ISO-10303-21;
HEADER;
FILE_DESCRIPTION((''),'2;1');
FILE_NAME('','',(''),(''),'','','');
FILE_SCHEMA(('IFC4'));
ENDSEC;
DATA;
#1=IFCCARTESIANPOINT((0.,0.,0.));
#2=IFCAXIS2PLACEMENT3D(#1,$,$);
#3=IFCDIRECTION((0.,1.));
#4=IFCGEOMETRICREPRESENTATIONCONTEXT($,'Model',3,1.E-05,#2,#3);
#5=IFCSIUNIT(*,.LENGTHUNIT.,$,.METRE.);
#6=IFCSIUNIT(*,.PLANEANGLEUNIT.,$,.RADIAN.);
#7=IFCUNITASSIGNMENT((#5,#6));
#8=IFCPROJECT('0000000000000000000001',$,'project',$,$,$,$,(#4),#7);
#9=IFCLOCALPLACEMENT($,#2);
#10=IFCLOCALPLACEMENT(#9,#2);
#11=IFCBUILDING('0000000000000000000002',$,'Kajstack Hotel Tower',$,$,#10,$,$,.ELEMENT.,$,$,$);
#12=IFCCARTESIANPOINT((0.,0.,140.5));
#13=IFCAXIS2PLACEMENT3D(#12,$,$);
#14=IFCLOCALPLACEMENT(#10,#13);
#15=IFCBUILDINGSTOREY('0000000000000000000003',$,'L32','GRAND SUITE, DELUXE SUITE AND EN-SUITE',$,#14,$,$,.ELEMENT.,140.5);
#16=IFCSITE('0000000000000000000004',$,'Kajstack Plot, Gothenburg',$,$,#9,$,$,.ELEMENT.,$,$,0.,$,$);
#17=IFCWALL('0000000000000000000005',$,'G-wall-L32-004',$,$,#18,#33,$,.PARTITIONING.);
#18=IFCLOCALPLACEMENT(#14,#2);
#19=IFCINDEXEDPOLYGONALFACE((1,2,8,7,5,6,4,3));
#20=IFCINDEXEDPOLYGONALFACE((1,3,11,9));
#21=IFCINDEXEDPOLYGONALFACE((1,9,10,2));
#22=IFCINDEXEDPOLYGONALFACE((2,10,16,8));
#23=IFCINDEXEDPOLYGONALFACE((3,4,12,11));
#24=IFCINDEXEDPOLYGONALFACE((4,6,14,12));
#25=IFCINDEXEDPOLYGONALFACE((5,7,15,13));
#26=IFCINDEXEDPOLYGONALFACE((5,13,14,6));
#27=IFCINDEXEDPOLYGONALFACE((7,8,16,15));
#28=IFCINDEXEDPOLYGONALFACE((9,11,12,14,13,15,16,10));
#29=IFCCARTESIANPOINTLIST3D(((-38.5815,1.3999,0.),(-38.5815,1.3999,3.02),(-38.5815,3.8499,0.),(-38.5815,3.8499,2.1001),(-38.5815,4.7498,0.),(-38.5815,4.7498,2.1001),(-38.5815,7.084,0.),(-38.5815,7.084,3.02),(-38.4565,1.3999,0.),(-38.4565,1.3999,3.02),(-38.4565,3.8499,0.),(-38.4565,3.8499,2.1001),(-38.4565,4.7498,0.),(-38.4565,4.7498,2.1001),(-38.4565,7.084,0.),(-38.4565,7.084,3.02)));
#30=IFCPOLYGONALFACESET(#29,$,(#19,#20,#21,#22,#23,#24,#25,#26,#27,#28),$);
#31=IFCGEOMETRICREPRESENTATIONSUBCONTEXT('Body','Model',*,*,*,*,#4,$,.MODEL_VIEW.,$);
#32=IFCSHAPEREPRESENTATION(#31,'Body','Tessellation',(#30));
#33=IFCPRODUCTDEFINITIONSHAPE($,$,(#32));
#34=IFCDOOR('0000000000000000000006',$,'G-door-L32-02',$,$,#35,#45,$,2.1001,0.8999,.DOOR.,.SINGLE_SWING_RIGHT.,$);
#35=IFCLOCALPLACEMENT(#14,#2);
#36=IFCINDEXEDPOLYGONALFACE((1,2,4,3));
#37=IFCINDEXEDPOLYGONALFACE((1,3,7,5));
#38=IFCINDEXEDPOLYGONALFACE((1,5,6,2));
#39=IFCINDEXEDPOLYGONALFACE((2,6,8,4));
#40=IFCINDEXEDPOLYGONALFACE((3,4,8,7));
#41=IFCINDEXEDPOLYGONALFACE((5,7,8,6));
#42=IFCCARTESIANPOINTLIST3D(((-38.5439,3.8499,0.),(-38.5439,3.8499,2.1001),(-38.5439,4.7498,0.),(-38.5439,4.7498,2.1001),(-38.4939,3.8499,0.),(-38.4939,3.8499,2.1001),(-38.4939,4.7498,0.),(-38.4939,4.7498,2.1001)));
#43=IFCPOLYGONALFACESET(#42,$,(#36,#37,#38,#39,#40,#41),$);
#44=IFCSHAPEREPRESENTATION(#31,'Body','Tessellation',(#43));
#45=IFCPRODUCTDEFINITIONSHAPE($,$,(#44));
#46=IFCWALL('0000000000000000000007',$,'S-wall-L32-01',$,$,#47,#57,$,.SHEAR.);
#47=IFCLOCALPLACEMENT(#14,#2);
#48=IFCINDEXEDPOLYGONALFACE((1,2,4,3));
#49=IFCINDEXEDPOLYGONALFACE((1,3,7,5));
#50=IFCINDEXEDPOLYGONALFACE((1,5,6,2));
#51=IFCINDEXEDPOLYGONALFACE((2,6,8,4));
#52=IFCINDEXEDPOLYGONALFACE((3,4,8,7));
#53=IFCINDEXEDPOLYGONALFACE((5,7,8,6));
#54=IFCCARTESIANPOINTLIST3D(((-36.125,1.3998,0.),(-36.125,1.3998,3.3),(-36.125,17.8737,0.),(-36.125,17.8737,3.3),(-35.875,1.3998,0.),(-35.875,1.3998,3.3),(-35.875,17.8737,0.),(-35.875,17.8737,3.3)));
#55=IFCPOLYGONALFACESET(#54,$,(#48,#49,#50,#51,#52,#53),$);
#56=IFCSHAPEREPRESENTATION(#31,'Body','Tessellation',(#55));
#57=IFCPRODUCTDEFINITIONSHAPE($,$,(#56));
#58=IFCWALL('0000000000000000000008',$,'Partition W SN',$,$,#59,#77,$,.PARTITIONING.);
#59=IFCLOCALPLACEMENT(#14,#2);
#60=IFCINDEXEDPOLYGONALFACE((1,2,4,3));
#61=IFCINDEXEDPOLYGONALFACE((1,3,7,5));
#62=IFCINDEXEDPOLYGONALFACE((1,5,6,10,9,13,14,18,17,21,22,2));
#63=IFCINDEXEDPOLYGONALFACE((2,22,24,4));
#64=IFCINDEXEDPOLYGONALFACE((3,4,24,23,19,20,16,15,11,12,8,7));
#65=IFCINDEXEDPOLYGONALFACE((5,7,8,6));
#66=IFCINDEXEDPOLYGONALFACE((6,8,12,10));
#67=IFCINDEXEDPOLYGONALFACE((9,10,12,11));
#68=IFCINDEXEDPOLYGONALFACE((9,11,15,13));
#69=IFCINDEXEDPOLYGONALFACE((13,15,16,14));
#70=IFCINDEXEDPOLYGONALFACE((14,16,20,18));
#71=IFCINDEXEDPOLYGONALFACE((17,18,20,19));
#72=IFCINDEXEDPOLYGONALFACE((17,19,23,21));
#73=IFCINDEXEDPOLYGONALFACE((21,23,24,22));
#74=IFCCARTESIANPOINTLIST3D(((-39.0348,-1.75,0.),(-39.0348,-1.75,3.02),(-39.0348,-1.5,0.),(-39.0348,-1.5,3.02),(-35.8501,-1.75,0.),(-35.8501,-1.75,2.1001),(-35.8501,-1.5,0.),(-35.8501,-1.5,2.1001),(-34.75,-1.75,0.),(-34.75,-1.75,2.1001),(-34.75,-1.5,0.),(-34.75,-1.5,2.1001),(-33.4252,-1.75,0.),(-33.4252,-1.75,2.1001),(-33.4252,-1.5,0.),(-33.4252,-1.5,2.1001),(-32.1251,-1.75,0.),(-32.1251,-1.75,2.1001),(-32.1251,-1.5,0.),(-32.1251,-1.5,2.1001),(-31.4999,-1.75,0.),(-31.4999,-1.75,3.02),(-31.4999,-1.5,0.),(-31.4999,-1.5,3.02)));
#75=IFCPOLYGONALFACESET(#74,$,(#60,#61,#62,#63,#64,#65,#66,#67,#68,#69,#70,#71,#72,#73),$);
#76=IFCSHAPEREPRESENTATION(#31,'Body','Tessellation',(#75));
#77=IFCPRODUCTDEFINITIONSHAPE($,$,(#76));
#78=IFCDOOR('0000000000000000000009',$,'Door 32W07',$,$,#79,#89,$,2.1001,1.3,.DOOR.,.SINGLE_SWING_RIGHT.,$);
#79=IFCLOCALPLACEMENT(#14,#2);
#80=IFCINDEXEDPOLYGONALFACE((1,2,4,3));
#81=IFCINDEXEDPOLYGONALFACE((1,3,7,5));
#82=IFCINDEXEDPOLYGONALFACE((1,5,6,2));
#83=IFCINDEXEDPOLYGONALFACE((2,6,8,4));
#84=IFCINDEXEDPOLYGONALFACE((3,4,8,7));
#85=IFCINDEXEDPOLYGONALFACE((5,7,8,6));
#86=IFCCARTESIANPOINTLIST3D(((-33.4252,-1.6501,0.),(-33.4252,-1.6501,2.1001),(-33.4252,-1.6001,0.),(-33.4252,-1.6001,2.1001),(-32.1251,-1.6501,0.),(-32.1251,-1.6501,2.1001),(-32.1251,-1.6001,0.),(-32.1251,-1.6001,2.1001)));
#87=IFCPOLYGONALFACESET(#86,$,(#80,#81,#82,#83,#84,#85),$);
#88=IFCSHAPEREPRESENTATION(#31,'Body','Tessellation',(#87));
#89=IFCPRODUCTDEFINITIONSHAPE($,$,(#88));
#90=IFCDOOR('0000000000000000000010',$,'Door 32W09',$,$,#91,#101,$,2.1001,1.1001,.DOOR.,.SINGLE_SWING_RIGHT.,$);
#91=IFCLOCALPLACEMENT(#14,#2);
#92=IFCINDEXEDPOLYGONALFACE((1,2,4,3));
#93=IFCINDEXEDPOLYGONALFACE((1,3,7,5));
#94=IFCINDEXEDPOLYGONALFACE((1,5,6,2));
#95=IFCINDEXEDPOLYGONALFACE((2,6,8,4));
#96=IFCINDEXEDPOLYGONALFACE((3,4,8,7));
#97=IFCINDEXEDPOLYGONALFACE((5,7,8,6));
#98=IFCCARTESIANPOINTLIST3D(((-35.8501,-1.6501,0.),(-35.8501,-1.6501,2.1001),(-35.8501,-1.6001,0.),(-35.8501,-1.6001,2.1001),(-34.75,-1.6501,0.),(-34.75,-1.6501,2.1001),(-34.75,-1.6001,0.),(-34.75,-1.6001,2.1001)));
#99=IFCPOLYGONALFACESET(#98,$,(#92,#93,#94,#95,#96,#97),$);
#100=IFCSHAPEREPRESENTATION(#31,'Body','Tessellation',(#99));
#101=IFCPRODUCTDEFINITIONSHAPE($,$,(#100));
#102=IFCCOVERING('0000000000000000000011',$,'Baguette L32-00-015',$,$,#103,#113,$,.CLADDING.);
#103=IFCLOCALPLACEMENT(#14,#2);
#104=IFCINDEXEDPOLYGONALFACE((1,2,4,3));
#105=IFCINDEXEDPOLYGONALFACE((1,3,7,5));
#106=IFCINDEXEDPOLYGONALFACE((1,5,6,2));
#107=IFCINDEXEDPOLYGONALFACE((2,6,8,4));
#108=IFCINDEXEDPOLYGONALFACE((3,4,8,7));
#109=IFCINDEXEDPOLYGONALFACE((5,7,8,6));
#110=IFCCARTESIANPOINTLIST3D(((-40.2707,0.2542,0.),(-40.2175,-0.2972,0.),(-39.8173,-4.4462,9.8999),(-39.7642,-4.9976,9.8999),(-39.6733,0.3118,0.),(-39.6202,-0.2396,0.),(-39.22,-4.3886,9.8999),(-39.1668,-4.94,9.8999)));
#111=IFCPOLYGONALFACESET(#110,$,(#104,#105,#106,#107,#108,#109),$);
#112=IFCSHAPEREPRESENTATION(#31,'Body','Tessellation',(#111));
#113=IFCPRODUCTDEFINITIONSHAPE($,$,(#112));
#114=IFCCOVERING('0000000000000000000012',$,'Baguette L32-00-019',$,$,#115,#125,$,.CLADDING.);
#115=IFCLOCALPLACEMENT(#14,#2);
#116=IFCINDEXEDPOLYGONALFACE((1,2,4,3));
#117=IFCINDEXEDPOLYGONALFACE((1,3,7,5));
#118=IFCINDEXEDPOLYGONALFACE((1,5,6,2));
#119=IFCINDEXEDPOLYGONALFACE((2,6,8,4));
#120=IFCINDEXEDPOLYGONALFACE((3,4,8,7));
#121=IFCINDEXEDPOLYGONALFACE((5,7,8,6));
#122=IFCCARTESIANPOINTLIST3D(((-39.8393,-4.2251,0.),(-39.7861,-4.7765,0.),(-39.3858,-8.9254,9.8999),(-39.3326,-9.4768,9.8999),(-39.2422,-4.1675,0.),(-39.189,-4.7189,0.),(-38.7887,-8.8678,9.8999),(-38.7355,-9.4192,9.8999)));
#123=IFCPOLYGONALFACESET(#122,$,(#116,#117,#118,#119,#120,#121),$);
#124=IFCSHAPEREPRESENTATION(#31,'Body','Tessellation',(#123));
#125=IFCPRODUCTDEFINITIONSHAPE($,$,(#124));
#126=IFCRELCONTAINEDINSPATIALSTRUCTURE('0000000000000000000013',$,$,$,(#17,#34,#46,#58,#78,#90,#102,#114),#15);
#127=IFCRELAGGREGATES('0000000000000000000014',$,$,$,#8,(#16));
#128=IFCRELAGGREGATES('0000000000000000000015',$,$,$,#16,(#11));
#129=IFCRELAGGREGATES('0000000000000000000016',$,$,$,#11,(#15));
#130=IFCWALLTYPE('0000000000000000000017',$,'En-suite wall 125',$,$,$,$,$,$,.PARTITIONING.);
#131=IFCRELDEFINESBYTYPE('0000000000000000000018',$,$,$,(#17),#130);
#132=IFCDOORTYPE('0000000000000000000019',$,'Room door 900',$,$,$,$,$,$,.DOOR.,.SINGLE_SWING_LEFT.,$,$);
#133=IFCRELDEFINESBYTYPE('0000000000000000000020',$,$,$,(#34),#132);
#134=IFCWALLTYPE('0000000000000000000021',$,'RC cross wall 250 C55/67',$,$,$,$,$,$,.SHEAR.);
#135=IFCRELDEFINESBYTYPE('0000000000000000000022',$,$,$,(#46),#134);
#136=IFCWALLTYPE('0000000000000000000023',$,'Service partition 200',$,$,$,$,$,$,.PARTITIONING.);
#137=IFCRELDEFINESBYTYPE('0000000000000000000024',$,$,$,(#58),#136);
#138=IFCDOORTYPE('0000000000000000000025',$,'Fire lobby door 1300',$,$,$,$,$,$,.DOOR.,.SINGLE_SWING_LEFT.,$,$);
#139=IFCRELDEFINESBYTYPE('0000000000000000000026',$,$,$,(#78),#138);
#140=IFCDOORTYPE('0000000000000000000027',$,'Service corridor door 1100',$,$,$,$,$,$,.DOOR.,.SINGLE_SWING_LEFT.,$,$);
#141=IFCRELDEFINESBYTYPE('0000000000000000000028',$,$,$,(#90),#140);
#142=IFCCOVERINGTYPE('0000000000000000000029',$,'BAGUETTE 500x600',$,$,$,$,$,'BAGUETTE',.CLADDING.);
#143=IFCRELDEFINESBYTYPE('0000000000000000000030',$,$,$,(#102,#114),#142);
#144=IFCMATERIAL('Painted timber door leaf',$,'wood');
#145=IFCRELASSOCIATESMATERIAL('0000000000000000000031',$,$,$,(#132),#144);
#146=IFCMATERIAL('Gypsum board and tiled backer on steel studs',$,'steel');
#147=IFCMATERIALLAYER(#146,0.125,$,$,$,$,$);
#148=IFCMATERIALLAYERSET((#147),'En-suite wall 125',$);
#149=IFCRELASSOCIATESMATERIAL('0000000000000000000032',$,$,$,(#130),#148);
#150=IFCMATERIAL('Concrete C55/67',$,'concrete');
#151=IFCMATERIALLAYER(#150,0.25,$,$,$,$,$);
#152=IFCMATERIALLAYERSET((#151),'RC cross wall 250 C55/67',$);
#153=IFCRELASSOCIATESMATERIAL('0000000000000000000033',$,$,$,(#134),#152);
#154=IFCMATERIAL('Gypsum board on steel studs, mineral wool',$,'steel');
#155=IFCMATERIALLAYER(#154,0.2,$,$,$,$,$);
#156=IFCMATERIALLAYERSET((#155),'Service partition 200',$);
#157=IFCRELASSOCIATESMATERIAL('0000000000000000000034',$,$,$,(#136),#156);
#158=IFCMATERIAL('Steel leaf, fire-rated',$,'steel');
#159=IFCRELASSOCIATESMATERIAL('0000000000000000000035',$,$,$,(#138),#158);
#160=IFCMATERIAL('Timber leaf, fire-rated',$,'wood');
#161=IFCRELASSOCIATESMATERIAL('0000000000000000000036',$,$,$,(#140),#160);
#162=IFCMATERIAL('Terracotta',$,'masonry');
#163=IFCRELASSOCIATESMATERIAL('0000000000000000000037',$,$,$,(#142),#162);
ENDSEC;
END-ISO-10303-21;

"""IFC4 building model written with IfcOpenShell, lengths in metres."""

from ifc_helpers import new_model, si_unit, direction, frame, frame_2d, origin, origin_2d, place, context, subcontext, project, spatial, polyline, rectangle, outline, extrude, material, layer, layer_set, material_profile, profile_set, type_object, element, fill, save


model = new_model("IFC4")

# Units and contexts
model_context = context("Model", 3, precision=1e-05, world=origin(), true_north=direction((0.0, 1.0)))
body_context = subcontext(model_context, "Body", "Model", "MODEL_VIEW")
ifc_project = project(units=[si_unit("LENGTHUNIT", "METRE"), si_unit("PLANEANGLEUNIT", "RADIAN")], contexts=[model_context])

# Site, building, storey
site_placement = place(None, origin())
site = spatial("IfcSite", under=ifc_project, at=site_placement, Name="Kajstack Plot, Gothenburg", CompositionType="ELEMENT", RefElevation=0.0)
building_placement = place(site_placement, origin())
building = spatial("IfcBuilding", under=site, at=building_placement, Name="Kajstack Hotel Tower", CompositionType="ELEMENT")
storey_placement = place(building_placement, frame((0.0, 0.0, 140.5)))
storey = spatial("IfcBuildingStorey", under=building, at=storey_placement, Name="L32", Description="GRAND SUITE, DELUXE SUITE AND EN-SUITE", CompositionType="ELEMENT", Elevation=140.5)

# Shared definitions
ifc_material_1 = material(Name="Gypsum board on steel studs, mineral wool", Category="steel")
ifc_material_2 = material(Name="Painted timber door leaf", Category="wood")
door_type_1 = type_object("IfcDoorType", Name="Room door 900", OperationType="SINGLE_SWING_LEFT", PredefinedType="DOOR", material=ifc_material_2)

# Wall, opening, door
ifc_material_3 = material(Name="Gypsum board and tiled backer on steel studs", Category="steel")
ifc_layer_1 = layer(ifc_material_3, 0.125)
ifc_layer_set_1 = layer_set([ifc_layer_1], Name="En-suite wall 125")
wall_type_1 = type_object("IfcWallType", Name="En-suite wall 125", PredefinedType="PARTITIONING", material=ifc_layer_set_1)
wall_1_placement = place(storey_placement, frame((-38.519, 1.3999, 0.0), z_axis=(0.0, 0.0, 1.0), x_axis=(0.0, 1.0, 0.0)))
wall_1 = element("IfcWall", 1, at=wall_1_placement, inside=storey, type_object=wall_type_1, Name="G-wall-L32-004", PredefinedType="PARTITIONING", context=body_context, shape_type="SweptSolid", body=[
    extrude(rectangle(XDim=5.6841, YDim=0.125, at=frame_2d((2.842, 0.0))), origin(), (0.0, 0.0, 1.0), 3.02),
])
opening_1_placement = place(wall_1_placement, frame((2.45, 0.0, 0.0)))
opening_1 = element("IfcOpeningElement", 2, at=opening_1_placement, cuts=wall_1, PredefinedType="OPENING", context=body_context, shape_type="SweptSolid", body=[
    extrude(rectangle(XDim=0.8999, YDim=2.1001, at=frame_2d((0.45, 1.05))), frame((0.0, 0.0725, 0.0), z_axis=(0.0, -1.0, 0.0), x_axis=(1.0, 0.0, 0.0)), (0.0, 0.0, 1.0), 0.145),
])
door_1_placement = place(opening_1_placement, origin())
door_1 = element("IfcDoor", 3, at=door_1_placement, inside=storey, type_object=door_type_1, Name="G-door-L32-02", OperationType="SINGLE_SWING_RIGHT", OverallHeight=2.1001, OverallWidth=0.8999, PredefinedType="DOOR", context=body_context, shape_type="SweptSolid", body=[
    extrude(rectangle(XDim=0.8999, YDim=2.1001, at=frame_2d((0.45, 1.05))), frame((0.0, 0.0249, 0.0), z_axis=(0.0, -1.0, 0.0), x_axis=(1.0, 0.0, 0.0)), (0.0, 0.0, 1.0), 0.05),
])
fill(opening_1, door_1)

# Wall
ifc_material_4 = material(Name="Concrete C55/67", Category="concrete")
ifc_layer_2 = layer(ifc_material_4, 0.25)
ifc_layer_set_2 = layer_set([ifc_layer_2], Name="RC cross wall 250 C55/67")
wall_type_2 = type_object("IfcWallType", Name="RC cross wall 250 C55/67", PredefinedType="SHEAR", material=ifc_layer_set_2)
wall_2_placement = place(storey_placement, frame((-36.0, 1.3999, 0.0), z_axis=(0.0, 0.0, 1.0), x_axis=(0.0, 1.0, 0.0)))
element("IfcWall", 4, at=wall_2_placement, inside=storey, type_object=wall_type_2, Name="S-wall-L32-01", PredefinedType="SHEAR", context=body_context, shape_type="SweptSolid", body=[
    extrude(rectangle(XDim=16.4739, YDim=0.25, at=frame_2d((8.2368, 0.0))), origin(), (0.0, 0.0, 1.0), 3.3),
])

# Wall, openings, doors
ifc_layer_3 = layer(ifc_material_1, 0.2)
ifc_layer_set_3 = layer_set([ifc_layer_3], Name="Service partition 200")
wall_type_3 = type_object("IfcWallType", Name="Service partition 200", PredefinedType="PARTITIONING", material=ifc_layer_set_3)
wall_3_placement = place(storey_placement, frame((-39.0349, -1.625, 0.0), z_axis=(0.0, 0.0, 1.0), x_axis=(1.0, 0.0, 0.0)))
wall_3 = element("IfcWall", 5, at=wall_3_placement, inside=storey, type_object=wall_type_3, Name="Partition W SN", PredefinedType="PARTITIONING", context=body_context, shape_type="SweptSolid", body=[
    extrude(rectangle(XDim=7.5349, YDim=0.25, at=frame_2d((3.7676, 0.0))), origin(), (0.0, 0.0, 1.0), 3.02),
])
opening_2_placement = place(wall_3_placement, frame((5.6099, 0.0, 0.0)))
opening_2 = element("IfcOpeningElement", 6, at=opening_2_placement, cuts=wall_3, PredefinedType="OPENING", context=body_context, shape_type="SweptSolid", body=[
    extrude(rectangle(XDim=1.3, YDim=2.1001, at=frame_2d((0.6499, 1.05))), frame((0.0, 0.135, 0.0), z_axis=(0.0, -1.0, 0.0), x_axis=(1.0, 0.0, 0.0)), (0.0, 0.0, 1.0), 0.27),
])
opening_3_placement = place(wall_3_placement, frame((3.1848, 0.0, 0.0)))
opening_3 = element("IfcOpeningElement", 7, at=opening_3_placement, cuts=wall_3, PredefinedType="OPENING", context=body_context, shape_type="SweptSolid", body=[
    extrude(rectangle(XDim=1.1001, YDim=2.1001, at=frame_2d((0.55, 1.05))), frame((0.0, 0.135, 0.0), z_axis=(0.0, -1.0, 0.0), x_axis=(1.0, 0.0, 0.0)), (0.0, 0.0, 1.0), 0.27),
])
ifc_material_5 = material(Name="Steel leaf, fire-rated", Category="steel")
door_type_2 = type_object("IfcDoorType", Name="Fire lobby door 1300", OperationType="SINGLE_SWING_LEFT", PredefinedType="DOOR", material=ifc_material_5)
door_2_placement = place(opening_2_placement, origin())
door_2 = element("IfcDoor", 8, at=door_2_placement, inside=storey, type_object=door_type_2, Name="Door 32W07", OperationType="SINGLE_SWING_RIGHT", OverallHeight=2.1001, OverallWidth=1.3, PredefinedType="DOOR", context=body_context, shape_type="SweptSolid", body=[
    extrude(rectangle(XDim=1.3, YDim=2.1001, at=frame_2d((0.6499, 1.05))), frame((0.0, 0.0249, 0.0), z_axis=(0.0, -1.0, 0.0), x_axis=(1.0, 0.0, 0.0)), (0.0, 0.0, 1.0), 0.05),
])
fill(opening_2, door_2)
ifc_material_6 = material(Name="Timber leaf, fire-rated", Category="wood")
door_type_3 = type_object("IfcDoorType", Name="Service corridor door 1100", OperationType="SINGLE_SWING_LEFT", PredefinedType="DOOR", material=ifc_material_6)
door_3_placement = place(opening_3_placement, origin())
door_3 = element("IfcDoor", 9, at=door_3_placement, inside=storey, type_object=door_type_3, Name="Door 32W09", OperationType="SINGLE_SWING_RIGHT", OverallHeight=2.1001, OverallWidth=1.1001, PredefinedType="DOOR", context=body_context, shape_type="SweptSolid", body=[
    extrude(rectangle(XDim=1.1001, YDim=2.1001, at=frame_2d((0.55, 1.05))), frame((0.0, 0.0249, 0.0), z_axis=(0.0, -1.0, 0.0), x_axis=(1.0, 0.0, 0.0)), (0.0, 0.0, 1.0), 0.05),
])
fill(opening_3, door_3)

# Coverings
ifc_material_7 = material(Name="Terracotta", Category="masonry")
ifc_material_profile = material_profile(ifc_material_7, rectangle(XDim=0.6001, YDim=0.5, at=origin_2d()), Name="Terracotta-clad concrete baguette 500 x 600")
ifc_profile_set = profile_set([ifc_material_profile], Name="Terracotta")
covering_type = type_object("IfcCoveringType", Name="BAGUETTE 500x600", ElementType="BAGUETTE", PredefinedType="CLADDING", material=ifc_profile_set)
covering_1_placement = place(storey_placement, frame((-39.6733, 0.3118, 0.0), z_axis=(-0.995381, -0.095999, 0.0), x_axis=(0.095999, -0.995381, 0.0)))
element("IfcCovering", 10, at=covering_1_placement, inside=storey, type_object=covering_type, Name="Baguette L32-00-015", PredefinedType="CLADDING", context=body_context, shape_type="SweptSolid", body=[
    extrude(outline(polyline([(4.7222, 9.8999), (0.0, 0.0), (0.554, 0.0), (5.2761, 9.8999), (4.7222, 9.8999)])), origin(), (0.0, 0.0, 1.0), 0.6001),
])
covering_2_placement = place(storey_placement, frame((-39.2422, -4.1675, 0.0), z_axis=(-0.995378, -0.096038, 0.0), x_axis=(0.096038, -0.995378, 0.0)))
element("IfcCovering", 11, at=covering_2_placement, inside=storey, type_object=covering_type, Name="Baguette L32-00-019", PredefinedType="CLADDING", context=body_context, shape_type="SweptSolid", body=[
    extrude(outline(polyline([(4.7222, 9.8999), (0.0, 0.0), (0.554, 0.0), (5.2761, 9.8999), (4.7222, 9.8999)])), origin(), (0.0, 0.0, 1.0), 0.5999),
])

save(model, "model.ifc")
